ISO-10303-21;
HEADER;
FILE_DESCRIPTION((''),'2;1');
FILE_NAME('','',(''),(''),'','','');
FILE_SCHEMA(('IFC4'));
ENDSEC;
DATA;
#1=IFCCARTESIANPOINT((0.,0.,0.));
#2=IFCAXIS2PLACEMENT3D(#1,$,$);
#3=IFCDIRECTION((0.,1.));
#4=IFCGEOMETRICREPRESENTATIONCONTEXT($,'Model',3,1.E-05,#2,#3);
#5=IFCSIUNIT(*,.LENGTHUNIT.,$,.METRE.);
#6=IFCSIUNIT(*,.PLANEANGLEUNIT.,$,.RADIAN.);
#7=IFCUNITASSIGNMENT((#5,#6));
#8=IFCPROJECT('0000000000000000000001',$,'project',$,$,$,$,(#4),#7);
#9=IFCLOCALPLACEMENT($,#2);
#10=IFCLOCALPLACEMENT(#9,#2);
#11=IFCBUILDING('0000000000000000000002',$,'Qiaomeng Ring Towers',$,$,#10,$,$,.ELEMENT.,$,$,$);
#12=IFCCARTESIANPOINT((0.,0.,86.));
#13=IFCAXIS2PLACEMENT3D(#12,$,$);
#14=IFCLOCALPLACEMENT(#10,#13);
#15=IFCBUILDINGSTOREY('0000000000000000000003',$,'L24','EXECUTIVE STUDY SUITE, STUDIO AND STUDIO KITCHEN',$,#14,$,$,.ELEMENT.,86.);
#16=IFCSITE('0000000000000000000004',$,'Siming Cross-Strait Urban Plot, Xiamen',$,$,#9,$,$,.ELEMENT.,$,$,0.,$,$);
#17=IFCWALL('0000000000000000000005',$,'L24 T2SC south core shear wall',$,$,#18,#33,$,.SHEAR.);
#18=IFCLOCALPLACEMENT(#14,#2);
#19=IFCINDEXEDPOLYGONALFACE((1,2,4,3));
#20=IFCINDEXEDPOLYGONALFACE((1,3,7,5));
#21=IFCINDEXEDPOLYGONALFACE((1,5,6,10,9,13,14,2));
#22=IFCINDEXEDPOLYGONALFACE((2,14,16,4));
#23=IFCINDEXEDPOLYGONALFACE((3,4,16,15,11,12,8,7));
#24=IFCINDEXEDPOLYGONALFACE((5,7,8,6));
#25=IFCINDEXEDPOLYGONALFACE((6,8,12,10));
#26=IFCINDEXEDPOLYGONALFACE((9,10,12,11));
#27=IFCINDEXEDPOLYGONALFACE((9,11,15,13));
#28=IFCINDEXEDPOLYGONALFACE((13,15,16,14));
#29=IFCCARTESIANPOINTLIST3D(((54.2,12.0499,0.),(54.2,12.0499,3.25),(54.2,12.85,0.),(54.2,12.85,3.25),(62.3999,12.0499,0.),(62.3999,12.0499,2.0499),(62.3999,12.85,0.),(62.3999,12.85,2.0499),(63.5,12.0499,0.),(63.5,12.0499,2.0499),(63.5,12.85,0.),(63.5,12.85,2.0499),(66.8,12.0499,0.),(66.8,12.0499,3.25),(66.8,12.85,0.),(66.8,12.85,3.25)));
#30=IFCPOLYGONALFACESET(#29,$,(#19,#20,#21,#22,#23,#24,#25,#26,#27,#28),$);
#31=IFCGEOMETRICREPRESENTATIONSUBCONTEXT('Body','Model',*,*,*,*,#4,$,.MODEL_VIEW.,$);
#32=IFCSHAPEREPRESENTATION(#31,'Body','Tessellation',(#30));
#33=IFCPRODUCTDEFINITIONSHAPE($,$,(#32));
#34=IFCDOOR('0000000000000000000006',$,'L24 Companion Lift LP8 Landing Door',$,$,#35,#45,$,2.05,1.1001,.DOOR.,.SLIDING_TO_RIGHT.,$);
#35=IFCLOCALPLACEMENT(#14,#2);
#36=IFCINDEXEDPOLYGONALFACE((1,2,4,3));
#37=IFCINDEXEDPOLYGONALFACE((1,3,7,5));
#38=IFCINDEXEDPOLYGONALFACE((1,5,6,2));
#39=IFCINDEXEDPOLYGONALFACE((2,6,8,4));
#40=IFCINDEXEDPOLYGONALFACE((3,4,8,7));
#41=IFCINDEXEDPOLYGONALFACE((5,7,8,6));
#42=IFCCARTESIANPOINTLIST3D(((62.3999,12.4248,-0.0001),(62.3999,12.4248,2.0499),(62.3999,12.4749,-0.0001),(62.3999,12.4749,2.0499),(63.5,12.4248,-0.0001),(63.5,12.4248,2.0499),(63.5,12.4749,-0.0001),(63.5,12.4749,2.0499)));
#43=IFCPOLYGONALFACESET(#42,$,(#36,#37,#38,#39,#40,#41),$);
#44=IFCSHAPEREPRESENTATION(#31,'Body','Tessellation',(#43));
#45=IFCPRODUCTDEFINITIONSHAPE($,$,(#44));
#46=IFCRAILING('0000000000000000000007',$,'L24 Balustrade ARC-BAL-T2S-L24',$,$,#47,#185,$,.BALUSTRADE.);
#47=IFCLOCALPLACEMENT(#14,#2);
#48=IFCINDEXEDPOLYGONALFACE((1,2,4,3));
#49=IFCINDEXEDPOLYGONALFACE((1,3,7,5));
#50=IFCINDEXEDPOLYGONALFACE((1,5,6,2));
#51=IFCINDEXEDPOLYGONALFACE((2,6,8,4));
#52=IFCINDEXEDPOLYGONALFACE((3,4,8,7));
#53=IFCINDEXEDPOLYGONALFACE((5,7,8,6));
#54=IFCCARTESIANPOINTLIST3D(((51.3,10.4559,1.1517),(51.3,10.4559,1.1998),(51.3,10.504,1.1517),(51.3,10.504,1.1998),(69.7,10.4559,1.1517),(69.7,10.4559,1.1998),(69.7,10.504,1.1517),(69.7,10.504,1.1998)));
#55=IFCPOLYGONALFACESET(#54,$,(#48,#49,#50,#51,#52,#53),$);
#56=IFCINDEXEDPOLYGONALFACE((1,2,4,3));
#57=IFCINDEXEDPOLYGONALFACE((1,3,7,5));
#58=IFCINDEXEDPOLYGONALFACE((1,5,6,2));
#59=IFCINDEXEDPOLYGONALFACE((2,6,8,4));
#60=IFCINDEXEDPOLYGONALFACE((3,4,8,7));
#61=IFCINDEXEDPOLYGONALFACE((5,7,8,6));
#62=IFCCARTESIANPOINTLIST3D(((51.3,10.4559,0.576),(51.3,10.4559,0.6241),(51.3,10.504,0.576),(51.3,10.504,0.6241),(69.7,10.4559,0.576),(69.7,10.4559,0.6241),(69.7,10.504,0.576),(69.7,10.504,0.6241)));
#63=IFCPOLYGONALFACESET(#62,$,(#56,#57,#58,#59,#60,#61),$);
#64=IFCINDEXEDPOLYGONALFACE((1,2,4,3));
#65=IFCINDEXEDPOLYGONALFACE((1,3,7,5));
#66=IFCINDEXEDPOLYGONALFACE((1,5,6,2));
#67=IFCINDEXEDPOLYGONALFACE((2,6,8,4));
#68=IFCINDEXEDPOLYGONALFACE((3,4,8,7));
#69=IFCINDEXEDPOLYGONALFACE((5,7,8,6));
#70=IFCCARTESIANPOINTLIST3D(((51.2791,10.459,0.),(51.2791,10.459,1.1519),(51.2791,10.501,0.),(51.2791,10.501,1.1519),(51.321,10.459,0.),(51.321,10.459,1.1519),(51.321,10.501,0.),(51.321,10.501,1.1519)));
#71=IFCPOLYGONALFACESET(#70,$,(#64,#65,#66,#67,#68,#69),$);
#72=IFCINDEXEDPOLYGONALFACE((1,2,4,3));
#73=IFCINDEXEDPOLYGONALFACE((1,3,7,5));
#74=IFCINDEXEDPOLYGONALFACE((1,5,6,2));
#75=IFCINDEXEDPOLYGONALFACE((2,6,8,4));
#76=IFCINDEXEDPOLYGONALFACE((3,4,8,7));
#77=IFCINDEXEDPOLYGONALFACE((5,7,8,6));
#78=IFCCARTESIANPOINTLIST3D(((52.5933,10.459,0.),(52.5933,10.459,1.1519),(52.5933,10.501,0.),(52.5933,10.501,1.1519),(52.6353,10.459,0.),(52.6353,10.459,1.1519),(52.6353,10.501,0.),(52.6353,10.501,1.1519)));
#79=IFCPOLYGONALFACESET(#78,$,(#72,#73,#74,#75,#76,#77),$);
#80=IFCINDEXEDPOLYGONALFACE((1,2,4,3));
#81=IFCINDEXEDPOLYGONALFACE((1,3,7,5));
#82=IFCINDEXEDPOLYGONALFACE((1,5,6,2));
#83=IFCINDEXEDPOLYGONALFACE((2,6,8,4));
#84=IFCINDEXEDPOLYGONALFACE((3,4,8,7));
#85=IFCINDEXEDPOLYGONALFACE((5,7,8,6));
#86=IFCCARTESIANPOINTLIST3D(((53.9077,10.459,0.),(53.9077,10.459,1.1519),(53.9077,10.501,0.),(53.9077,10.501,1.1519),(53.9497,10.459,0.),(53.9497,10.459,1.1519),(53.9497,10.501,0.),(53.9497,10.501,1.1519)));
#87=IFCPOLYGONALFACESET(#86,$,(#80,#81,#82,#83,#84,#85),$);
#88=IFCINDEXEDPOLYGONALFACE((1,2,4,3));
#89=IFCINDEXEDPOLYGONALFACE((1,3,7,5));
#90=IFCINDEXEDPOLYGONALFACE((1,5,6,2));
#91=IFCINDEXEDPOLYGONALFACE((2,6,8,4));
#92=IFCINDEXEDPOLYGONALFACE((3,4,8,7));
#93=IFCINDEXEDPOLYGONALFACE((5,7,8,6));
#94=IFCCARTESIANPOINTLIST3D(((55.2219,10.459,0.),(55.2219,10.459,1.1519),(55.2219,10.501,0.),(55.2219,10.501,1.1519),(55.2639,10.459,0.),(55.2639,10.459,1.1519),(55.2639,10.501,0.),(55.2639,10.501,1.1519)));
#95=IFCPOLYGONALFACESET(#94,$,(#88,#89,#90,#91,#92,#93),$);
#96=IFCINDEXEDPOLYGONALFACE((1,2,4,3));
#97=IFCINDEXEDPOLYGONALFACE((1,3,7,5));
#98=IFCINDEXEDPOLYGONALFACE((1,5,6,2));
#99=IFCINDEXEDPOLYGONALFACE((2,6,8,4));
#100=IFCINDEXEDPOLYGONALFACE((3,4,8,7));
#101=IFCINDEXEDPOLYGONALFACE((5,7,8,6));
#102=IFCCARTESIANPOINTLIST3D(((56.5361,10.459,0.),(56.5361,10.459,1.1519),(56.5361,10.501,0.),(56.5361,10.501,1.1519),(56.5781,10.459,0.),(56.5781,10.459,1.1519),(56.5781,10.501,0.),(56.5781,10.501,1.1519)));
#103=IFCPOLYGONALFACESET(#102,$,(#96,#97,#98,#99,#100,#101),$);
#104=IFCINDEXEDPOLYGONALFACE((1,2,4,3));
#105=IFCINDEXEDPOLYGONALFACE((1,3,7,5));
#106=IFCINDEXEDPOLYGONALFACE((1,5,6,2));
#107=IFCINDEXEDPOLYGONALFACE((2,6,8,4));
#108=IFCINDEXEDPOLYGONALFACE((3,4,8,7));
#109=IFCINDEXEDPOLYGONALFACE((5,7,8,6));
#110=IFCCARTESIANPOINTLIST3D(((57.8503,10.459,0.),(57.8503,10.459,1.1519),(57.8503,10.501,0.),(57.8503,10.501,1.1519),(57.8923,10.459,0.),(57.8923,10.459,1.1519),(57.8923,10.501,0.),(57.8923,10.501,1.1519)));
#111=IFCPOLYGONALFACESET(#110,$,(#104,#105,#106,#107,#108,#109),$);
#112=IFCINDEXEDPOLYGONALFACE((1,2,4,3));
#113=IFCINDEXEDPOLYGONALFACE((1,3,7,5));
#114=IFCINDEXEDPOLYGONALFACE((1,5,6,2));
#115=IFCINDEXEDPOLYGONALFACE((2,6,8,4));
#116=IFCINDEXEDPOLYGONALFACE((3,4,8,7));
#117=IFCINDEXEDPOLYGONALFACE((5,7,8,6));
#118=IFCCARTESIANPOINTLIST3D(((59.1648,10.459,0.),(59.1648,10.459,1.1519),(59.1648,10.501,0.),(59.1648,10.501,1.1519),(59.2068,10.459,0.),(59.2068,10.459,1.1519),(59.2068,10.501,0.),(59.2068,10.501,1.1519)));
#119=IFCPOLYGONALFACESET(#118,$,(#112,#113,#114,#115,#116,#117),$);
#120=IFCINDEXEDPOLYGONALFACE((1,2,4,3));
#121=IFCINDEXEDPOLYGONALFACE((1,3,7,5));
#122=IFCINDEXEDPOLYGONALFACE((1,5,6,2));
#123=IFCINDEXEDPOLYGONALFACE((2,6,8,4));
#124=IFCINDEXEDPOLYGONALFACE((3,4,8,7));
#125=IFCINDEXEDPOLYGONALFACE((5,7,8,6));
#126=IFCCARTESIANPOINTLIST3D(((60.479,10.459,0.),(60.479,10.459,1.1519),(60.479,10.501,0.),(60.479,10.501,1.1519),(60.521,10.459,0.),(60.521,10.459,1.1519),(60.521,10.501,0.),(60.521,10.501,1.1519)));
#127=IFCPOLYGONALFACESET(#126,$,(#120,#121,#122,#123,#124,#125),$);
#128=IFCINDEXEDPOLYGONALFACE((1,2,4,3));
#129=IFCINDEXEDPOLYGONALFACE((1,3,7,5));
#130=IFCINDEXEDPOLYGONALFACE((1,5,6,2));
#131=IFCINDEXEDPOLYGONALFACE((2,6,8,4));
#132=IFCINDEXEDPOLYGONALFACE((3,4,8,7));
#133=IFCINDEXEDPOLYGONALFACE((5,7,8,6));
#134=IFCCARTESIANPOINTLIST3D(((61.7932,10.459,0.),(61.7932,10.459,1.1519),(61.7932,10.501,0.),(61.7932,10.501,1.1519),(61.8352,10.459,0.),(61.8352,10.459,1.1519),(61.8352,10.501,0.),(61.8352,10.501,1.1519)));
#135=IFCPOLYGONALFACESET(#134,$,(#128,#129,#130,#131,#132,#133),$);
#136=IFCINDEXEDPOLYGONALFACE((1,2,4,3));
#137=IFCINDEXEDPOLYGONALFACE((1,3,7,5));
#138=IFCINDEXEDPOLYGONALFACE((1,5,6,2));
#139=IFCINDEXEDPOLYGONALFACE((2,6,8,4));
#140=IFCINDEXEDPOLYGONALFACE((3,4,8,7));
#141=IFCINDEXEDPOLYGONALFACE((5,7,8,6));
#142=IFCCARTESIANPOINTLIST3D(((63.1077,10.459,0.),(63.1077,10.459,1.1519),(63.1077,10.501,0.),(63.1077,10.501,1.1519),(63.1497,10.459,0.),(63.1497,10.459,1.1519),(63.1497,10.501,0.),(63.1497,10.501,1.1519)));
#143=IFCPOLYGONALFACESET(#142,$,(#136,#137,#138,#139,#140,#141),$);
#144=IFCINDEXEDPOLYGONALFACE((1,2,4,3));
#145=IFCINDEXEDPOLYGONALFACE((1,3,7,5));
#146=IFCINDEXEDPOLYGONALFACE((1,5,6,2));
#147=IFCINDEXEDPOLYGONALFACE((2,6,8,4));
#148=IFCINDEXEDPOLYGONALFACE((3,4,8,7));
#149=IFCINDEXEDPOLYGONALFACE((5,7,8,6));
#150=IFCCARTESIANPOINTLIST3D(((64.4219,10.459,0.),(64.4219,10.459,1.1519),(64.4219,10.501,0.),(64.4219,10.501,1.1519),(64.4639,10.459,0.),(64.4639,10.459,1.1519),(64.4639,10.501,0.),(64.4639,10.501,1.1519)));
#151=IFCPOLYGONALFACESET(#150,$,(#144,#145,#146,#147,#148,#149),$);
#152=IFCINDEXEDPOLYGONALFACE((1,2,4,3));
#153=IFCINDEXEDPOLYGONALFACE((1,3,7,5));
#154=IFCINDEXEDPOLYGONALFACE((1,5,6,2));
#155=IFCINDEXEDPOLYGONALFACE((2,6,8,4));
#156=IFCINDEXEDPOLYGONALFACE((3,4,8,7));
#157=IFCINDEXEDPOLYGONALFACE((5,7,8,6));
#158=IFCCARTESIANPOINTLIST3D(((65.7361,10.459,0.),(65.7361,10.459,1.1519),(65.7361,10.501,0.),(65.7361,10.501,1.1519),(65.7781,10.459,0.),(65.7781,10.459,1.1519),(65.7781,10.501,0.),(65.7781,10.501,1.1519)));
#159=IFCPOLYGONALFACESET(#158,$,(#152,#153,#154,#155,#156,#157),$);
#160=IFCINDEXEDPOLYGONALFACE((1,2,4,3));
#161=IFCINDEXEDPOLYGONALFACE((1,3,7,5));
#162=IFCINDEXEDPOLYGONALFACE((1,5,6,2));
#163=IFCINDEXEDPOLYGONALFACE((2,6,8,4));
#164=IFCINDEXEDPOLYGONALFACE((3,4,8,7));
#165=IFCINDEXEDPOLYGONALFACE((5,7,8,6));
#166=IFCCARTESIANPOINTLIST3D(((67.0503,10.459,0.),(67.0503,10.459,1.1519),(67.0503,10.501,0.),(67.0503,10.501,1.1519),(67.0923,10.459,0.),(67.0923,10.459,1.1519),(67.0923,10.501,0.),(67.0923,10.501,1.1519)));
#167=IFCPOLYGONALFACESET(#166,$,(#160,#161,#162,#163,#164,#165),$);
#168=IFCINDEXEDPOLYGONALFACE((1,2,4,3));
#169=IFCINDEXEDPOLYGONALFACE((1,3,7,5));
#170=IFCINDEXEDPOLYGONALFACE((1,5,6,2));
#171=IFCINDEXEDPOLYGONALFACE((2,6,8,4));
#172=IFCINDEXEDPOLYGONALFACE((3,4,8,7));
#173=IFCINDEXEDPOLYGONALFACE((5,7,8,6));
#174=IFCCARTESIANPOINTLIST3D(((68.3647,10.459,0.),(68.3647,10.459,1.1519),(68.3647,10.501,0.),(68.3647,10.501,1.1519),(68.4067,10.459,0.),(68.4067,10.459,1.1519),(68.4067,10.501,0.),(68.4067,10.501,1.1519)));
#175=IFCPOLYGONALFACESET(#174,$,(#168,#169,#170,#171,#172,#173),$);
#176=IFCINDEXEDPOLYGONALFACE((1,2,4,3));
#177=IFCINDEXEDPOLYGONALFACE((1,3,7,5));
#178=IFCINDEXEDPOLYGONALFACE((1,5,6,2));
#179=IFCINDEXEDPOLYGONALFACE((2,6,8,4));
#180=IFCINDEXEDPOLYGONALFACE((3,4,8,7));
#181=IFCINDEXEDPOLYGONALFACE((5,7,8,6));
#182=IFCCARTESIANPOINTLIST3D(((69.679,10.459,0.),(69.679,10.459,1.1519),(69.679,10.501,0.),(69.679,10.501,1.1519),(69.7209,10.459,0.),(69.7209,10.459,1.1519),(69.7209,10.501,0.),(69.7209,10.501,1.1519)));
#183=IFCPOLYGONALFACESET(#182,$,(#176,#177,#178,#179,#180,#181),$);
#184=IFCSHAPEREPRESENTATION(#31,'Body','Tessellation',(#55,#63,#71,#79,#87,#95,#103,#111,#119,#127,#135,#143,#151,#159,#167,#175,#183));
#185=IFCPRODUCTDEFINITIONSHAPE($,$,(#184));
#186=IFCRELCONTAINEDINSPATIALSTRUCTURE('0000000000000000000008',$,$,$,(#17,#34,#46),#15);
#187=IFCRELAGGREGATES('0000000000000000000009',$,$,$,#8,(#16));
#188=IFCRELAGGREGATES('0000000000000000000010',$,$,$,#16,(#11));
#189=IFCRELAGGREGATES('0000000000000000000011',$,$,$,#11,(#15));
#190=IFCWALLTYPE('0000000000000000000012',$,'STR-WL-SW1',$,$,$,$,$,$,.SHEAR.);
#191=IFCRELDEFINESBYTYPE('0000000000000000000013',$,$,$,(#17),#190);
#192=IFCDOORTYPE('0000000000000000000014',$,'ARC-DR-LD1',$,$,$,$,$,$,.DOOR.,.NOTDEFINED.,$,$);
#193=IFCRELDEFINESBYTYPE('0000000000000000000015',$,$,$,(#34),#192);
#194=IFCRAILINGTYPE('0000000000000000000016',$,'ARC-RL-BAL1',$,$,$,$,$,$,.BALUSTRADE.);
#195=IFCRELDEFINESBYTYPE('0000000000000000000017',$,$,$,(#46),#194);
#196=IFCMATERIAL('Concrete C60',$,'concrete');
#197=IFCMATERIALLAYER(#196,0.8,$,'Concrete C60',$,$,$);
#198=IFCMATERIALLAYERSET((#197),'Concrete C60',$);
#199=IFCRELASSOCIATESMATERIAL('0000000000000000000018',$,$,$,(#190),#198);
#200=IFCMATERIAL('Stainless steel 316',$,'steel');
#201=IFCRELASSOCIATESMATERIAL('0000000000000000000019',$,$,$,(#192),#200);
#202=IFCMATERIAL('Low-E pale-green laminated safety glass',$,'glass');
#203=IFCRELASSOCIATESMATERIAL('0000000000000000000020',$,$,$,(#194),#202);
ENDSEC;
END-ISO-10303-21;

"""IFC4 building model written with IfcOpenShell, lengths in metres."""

from ifc_helpers import new_model, si_unit, direction, frame, frame_2d, origin, origin_2d, place, context, subcontext, project, spatial, rectangle, extrude, source, transform, mapped, material, layer, layer_set, type_object, element, fill, save


model = new_model("IFC4")

# Units and contexts
model_context = context("Model", 3, precision=1e-05, world=origin(), true_north=direction((0.0, 1.0)))
body_context = subcontext(model_context, "Body", "Model", "MODEL_VIEW")
ifc_project = project(units=[si_unit("LENGTHUNIT", "METRE"), si_unit("PLANEANGLEUNIT", "RADIAN")], contexts=[model_context])

# Site, building, storey
site_placement = place(None, origin())
site = spatial("IfcSite", under=ifc_project, at=site_placement, Name="Siming Cross-Strait Urban Plot, Xiamen", CompositionType="ELEMENT", RefElevation=0.0)
building_placement = place(site_placement, origin())
building = spatial("IfcBuilding", under=site, at=building_placement, Name="Qiaomeng Ring Towers", CompositionType="ELEMENT")
storey_placement = place(building_placement, frame((0.0, 0.0, 86.0)))
storey = spatial("IfcBuildingStorey", under=building, at=storey_placement, Name="L24", Description="EXECUTIVE STUDY SUITE, STUDIO AND STUDIO KITCHEN", CompositionType="ELEMENT", Elevation=86.0)

# Wall, opening, door
ifc_material_1 = material(Name="Concrete C60", Category="concrete")
ifc_layer_1 = layer(ifc_material_1, 0.8, Name="Concrete C60")
ifc_layer_set_1 = layer_set([ifc_layer_1], Name="Concrete C60")
wall_type_1 = type_object("IfcWallType", Name="STR-WL-SW1", PredefinedType="SHEAR", material=ifc_layer_set_1)
wall_1_placement = place(storey_placement, frame((54.2, 12.45, 0.0), z_axis=(0.0, 0.0, 1.0), x_axis=(1.0, 0.0, 0.0)))
wall_1 = element("IfcWall", 1, at=wall_1_placement, inside=storey, type_object=wall_type_1, Name="L24 T2SC south core shear wall", PredefinedType="SHEAR", context=body_context, shape_type="SweptSolid", body=[
    extrude(rectangle(XDim=12.6001, YDim=0.8, at=frame_2d((6.3, 0.0))), origin(), (0.0, 0.0, 1.0), 3.25),
])
opening_1_placement = place(wall_1_placement, frame((8.2, 0.0, 0.0)))
opening_1 = element("IfcOpeningElement", 2, at=opening_1_placement, cuts=wall_1, PredefinedType="OPENING", context=body_context, shape_type="SweptSolid", body=[
    extrude(rectangle(XDim=1.1001, YDim=2.05, at=frame_2d((0.55, 1.0249))), frame((0.0, 0.4099, 0.0), z_axis=(0.0, -1.0, 0.0), x_axis=(1.0, 0.0, 0.0)), (0.0, 0.0, 1.0), 0.8201),
])
ifc_material_2 = material(Name="Stainless steel 316", Category="steel")
door_type_1 = type_object("IfcDoorType", Name="ARC-DR-LD1", OperationType="NOTDEFINED", PredefinedType="DOOR", material=ifc_material_2)
shared_shape_1 = source(origin(), body_context, "Body", "SweptSolid", [
    extrude(rectangle(XDim=1.1001, YDim=2.05, at=frame_2d((0.55, 1.0249))), frame((0.0, 0.0249, 0.0), z_axis=(0.0, -1.0, 0.0), x_axis=(1.0, 0.0, 0.0)), (0.0, 0.0, 1.0), 0.05),
])
door_1_placement = place(opening_1_placement, origin())
door_1 = element("IfcDoor", 3, at=door_1_placement, inside=storey, type_object=door_type_1, Name="L24 Companion Lift LP8 Landing Door", OperationType="SLIDING_TO_RIGHT", OverallHeight=2.05, OverallWidth=1.1001, PredefinedType="DOOR", context=body_context, shape_type="MappedRepresentation", body=[
    mapped(shared_shape_1, transform((0.0, 0.0, 0.0), x_axis=(1.0, 0.0, 0.0), y_axis=(0.0, 1.0, 0.0), z_axis=(0.0, 0.0, 1.0), scale=1.0)),
])
fill(opening_1, door_1)

# Railing
ifc_material_3 = material(Name="Low-E pale-green laminated safety glass", Category="glass")
railing_type = type_object("IfcRailingType", Name="ARC-RL-BAL1", PredefinedType="BALUSTRADE", material=ifc_material_3)
railing_placement = place(storey_placement, frame((51.3, 10.48, 0.0)))
element("IfcRailing", 4, at=railing_placement, inside=storey, type_object=railing_type, Name="L24 Balustrade ARC-BAL-T2S-L24", PredefinedType="BALUSTRADE", context=body_context, shape_type="SweptSolid", body=[
    extrude(rectangle(XDim=0.0481, YDim=0.0481, at=origin_2d()), frame((0.0, 0.0, 1.1758), z_axis=(1.0, 0.0, 0.0), x_axis=(0.0, 1.0, 0.0)), (0.0, 0.0, 1.0), 18.3999),
    extrude(rectangle(XDim=0.0481, YDim=0.0481, at=origin_2d()), frame((0.0, 0.0, 0.6001), z_axis=(1.0, 0.0, 0.0), x_axis=(0.0, 1.0, 0.0)), (0.0, 0.0, 1.0), 18.3999),
    extrude(rectangle(XDim=0.042, YDim=0.042, at=origin_2d()), origin(), (0.0, 0.0, 1.0), 1.1519),
    extrude(rectangle(XDim=0.042, YDim=0.042, at=origin_2d()), frame((1.3142, 0.0, 0.0)), (0.0, 0.0, 1.0), 1.1519),
    extrude(rectangle(XDim=0.042, YDim=0.042, at=origin_2d()), frame((2.6287, 0.0, 0.0)), (0.0, 0.0, 1.0), 1.1519),
    extrude(rectangle(XDim=0.042, YDim=0.042, at=origin_2d()), frame((3.9429, 0.0, 0.0)), (0.0, 0.0, 1.0), 1.1519),
    extrude(rectangle(XDim=0.042, YDim=0.042, at=origin_2d()), frame((5.2571, 0.0, 0.0)), (0.0, 0.0, 1.0), 1.1519),
    extrude(rectangle(XDim=0.042, YDim=0.042, at=origin_2d()), frame((6.5713, 0.0, 0.0)), (0.0, 0.0, 1.0), 1.1519),
    extrude(rectangle(XDim=0.042, YDim=0.042, at=origin_2d()), frame((7.8857, 0.0, 0.0)), (0.0, 0.0, 1.0), 1.1519),
    extrude(rectangle(XDim=0.042, YDim=0.042, at=origin_2d()), frame((9.2, 0.0, 0.0)), (0.0, 0.0, 1.0), 1.1519),
    extrude(rectangle(XDim=0.042, YDim=0.042, at=origin_2d()), frame((10.5142, 0.0, 0.0)), (0.0, 0.0, 1.0), 1.1519),
    extrude(rectangle(XDim=0.042, YDim=0.042, at=origin_2d()), frame((11.8286, 0.0, 0.0)), (0.0, 0.0, 1.0), 1.1519),
    extrude(rectangle(XDim=0.042, YDim=0.042, at=origin_2d()), frame((13.1428, 0.0, 0.0)), (0.0, 0.0, 1.0), 1.1519),
    extrude(rectangle(XDim=0.042, YDim=0.042, at=origin_2d()), frame((14.457, 0.0, 0.0)), (0.0, 0.0, 1.0), 1.1519),
    extrude(rectangle(XDim=0.042, YDim=0.042, at=origin_2d()), frame((15.7712, 0.0, 0.0)), (0.0, 0.0, 1.0), 1.1519),
    extrude(rectangle(XDim=0.042, YDim=0.042, at=origin_2d()), frame((17.0857, 0.0, 0.0)), (0.0, 0.0, 1.0), 1.1519),
    extrude(rectangle(XDim=0.042, YDim=0.042, at=origin_2d()), frame((18.3999, 0.0, 0.0)), (0.0, 0.0, 1.0), 1.1519),
])

save(model, "model.ifc")
